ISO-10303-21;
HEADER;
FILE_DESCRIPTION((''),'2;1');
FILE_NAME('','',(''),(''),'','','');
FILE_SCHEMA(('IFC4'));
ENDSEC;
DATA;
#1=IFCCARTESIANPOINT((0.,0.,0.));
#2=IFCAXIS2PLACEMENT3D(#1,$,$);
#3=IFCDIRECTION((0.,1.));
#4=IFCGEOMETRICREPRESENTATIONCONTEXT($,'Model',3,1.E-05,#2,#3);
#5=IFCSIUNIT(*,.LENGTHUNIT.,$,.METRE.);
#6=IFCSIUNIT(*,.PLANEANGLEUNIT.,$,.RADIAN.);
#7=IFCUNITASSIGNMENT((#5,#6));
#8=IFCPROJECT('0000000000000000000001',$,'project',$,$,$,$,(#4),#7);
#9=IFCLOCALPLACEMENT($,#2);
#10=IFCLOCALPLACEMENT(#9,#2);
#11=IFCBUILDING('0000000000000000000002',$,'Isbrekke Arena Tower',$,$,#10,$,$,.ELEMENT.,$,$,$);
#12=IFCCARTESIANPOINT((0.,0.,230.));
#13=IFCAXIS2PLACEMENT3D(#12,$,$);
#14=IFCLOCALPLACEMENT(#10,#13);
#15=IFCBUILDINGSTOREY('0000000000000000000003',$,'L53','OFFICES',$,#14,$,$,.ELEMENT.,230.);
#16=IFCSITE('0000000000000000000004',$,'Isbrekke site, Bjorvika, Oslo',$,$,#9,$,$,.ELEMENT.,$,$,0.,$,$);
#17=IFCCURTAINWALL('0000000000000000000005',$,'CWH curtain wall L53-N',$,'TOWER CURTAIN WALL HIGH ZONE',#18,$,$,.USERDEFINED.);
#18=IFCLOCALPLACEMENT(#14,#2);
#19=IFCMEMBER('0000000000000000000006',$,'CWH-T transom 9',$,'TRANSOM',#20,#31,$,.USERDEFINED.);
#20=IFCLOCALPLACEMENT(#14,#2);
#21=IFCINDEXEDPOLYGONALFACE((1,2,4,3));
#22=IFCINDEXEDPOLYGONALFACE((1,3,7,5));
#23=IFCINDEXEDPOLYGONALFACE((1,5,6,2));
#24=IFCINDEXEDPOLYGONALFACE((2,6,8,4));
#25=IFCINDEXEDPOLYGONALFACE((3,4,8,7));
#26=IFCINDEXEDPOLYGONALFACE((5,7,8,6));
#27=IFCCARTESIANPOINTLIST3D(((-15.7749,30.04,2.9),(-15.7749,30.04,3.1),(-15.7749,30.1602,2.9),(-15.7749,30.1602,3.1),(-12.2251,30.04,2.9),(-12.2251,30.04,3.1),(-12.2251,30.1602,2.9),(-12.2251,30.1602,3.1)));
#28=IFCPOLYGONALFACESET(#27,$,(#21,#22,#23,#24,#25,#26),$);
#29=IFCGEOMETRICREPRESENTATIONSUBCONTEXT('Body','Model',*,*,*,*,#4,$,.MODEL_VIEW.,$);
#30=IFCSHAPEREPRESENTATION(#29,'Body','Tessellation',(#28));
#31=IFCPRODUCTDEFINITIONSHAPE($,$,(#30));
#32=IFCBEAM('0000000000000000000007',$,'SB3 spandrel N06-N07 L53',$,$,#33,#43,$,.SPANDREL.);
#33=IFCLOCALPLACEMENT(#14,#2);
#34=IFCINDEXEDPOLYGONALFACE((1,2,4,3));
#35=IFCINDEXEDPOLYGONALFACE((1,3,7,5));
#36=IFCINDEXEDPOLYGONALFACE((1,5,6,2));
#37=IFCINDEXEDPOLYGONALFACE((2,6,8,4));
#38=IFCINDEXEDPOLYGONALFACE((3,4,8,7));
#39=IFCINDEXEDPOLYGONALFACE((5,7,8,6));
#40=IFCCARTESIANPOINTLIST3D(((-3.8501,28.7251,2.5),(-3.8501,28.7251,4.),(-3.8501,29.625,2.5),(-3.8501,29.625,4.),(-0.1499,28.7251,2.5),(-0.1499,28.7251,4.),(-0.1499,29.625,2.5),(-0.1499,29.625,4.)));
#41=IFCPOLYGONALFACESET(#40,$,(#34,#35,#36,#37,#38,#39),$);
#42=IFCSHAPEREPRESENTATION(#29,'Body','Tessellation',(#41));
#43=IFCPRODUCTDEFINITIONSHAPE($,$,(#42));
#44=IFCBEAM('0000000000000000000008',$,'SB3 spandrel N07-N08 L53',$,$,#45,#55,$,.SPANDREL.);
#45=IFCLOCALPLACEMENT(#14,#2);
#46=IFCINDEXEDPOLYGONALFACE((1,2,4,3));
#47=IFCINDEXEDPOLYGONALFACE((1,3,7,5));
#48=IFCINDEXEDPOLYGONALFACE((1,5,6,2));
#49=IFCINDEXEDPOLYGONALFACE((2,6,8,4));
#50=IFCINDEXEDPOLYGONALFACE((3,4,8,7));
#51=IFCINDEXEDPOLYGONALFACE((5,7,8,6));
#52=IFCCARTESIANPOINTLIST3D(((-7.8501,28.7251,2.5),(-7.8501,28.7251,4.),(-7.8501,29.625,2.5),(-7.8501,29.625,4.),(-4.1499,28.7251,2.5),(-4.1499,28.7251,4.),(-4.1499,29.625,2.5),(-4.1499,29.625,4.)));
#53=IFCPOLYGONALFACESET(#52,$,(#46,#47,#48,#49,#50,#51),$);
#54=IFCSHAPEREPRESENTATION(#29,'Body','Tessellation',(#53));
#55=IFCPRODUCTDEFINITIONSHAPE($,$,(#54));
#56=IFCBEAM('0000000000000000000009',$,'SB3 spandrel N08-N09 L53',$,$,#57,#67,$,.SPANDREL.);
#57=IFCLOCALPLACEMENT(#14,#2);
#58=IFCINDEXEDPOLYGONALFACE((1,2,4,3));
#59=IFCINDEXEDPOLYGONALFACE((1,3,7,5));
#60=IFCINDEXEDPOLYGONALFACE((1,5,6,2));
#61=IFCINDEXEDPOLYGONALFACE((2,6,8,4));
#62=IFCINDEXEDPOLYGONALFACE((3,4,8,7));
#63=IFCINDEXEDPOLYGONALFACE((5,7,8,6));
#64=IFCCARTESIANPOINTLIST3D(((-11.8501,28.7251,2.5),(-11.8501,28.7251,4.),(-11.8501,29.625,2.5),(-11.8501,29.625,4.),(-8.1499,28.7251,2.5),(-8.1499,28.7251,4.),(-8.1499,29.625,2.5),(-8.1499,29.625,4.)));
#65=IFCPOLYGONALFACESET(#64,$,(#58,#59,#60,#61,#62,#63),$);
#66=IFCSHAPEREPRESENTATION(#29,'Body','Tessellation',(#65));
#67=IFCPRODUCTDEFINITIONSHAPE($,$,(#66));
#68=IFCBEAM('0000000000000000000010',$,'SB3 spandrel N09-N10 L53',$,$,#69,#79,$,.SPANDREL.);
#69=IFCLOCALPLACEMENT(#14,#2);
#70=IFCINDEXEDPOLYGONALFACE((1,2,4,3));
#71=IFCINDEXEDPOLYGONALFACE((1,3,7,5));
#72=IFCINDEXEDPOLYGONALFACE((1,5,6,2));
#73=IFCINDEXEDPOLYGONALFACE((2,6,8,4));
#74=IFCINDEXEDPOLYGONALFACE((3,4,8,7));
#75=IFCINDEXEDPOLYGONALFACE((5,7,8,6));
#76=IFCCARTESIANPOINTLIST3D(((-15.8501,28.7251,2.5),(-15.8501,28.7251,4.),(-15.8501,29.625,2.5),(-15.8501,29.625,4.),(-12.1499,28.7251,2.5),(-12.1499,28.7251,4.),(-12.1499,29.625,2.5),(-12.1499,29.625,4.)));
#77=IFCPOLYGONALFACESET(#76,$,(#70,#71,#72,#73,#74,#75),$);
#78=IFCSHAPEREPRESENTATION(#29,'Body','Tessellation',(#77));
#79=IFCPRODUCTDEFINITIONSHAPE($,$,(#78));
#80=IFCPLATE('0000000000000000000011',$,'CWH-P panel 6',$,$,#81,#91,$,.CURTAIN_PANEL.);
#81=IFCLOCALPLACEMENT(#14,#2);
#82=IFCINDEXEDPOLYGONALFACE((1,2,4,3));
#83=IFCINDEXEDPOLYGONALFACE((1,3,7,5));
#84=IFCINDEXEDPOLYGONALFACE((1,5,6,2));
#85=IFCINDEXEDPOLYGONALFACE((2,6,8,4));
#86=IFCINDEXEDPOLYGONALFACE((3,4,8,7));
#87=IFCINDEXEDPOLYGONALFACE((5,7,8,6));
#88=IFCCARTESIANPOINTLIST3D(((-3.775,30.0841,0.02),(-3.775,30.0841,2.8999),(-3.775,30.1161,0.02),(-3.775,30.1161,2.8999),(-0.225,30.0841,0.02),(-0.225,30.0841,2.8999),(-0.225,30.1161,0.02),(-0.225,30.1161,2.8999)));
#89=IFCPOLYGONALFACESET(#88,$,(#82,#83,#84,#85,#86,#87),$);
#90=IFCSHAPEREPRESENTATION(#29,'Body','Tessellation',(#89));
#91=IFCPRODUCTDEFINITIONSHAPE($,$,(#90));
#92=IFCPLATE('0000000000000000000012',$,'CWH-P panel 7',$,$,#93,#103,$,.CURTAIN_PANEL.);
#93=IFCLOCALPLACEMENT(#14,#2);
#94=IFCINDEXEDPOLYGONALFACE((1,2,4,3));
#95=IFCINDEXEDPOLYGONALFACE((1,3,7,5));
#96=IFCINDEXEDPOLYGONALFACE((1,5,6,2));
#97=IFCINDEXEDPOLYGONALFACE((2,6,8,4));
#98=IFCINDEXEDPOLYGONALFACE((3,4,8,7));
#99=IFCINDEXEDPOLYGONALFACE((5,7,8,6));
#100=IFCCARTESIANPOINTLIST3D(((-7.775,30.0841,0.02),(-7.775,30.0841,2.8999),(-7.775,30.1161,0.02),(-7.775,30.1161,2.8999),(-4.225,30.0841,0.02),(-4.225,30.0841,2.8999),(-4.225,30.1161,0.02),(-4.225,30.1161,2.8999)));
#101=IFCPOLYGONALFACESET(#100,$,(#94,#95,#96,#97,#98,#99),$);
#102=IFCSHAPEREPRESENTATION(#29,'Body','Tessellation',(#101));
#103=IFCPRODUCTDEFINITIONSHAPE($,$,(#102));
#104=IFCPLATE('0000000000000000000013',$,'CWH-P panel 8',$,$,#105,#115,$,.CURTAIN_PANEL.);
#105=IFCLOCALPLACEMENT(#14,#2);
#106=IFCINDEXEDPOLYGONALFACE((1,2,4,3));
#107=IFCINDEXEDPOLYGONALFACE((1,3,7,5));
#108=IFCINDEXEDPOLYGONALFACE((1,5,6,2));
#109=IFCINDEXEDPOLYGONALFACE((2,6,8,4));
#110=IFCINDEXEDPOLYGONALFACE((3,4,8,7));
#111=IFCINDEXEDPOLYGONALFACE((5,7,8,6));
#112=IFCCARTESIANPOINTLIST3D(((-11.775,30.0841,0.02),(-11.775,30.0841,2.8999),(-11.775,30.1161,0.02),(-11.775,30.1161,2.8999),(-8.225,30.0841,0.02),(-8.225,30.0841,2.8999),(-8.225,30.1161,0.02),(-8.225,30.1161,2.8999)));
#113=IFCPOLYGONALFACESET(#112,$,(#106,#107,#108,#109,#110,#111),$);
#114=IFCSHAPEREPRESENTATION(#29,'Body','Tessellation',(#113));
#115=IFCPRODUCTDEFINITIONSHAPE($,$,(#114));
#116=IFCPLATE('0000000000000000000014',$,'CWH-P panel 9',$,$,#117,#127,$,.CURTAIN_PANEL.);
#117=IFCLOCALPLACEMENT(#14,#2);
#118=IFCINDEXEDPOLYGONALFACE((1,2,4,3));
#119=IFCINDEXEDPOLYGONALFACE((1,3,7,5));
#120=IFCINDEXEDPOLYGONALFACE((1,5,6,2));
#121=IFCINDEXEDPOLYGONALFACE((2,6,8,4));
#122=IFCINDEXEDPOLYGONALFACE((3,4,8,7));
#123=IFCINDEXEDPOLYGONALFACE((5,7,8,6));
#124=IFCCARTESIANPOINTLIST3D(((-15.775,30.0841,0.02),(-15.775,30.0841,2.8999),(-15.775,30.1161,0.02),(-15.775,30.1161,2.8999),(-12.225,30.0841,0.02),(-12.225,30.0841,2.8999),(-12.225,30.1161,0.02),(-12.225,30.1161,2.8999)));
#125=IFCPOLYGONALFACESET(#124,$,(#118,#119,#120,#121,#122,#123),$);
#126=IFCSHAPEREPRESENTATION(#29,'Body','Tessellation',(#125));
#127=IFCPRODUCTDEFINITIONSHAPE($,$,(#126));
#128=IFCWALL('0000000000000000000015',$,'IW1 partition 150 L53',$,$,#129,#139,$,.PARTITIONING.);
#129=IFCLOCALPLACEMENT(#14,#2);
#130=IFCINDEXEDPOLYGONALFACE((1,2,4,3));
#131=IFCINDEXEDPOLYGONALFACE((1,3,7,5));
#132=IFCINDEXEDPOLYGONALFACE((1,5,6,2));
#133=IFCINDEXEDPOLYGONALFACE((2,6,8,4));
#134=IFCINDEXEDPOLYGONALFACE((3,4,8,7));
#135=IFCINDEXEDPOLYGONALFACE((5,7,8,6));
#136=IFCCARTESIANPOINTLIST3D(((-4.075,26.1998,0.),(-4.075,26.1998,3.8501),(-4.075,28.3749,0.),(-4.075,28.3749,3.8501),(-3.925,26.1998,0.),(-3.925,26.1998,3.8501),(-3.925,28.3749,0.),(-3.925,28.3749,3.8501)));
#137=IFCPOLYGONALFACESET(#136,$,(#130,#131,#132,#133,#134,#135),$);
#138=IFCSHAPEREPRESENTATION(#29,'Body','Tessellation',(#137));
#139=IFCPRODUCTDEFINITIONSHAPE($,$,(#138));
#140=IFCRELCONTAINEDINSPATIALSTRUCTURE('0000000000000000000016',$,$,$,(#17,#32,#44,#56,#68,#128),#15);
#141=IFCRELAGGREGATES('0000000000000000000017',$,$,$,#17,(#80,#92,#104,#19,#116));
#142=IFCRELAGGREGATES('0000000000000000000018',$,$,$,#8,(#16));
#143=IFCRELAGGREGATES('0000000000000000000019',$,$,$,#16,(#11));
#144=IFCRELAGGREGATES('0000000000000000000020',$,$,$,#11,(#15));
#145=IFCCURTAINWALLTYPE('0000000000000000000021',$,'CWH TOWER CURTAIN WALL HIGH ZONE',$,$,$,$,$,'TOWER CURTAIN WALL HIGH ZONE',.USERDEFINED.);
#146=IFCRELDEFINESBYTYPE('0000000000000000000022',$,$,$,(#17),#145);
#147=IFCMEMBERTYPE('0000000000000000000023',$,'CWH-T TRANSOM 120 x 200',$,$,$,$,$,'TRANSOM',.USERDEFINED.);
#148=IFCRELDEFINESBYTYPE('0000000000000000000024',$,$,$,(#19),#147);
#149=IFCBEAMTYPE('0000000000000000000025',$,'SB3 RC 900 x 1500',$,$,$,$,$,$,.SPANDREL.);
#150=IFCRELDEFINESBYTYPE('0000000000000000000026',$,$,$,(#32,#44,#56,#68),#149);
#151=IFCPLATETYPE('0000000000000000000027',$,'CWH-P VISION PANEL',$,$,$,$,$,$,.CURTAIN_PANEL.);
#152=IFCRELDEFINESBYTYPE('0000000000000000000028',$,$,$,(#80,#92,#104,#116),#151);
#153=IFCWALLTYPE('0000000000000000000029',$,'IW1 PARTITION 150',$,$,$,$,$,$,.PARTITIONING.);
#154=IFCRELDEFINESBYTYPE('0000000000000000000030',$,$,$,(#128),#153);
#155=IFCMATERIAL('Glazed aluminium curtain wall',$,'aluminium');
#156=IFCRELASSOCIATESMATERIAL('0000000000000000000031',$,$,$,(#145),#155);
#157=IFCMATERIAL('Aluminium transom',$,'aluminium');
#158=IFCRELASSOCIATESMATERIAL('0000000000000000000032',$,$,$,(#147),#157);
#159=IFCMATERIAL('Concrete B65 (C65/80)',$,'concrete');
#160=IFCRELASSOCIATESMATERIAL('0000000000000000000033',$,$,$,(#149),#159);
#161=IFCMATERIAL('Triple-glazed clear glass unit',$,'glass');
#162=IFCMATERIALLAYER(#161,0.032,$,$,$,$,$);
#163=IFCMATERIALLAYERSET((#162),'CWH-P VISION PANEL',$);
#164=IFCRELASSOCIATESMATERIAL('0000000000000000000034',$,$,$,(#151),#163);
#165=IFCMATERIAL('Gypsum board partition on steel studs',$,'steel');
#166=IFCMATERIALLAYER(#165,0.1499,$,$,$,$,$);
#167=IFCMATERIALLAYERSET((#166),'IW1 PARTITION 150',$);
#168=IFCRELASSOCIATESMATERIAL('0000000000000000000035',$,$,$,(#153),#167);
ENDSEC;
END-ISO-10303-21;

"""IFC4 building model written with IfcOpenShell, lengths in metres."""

from ifc_helpers import new_model, si_unit, direction, frame, frame_2d, origin, origin_2d, place, context, subcontext, project, spatial, rectangle, extrude, material, layer, layer_set, material_profile, profile_set, type_object, element, aggregate, save


model = new_model("IFC4")

# Units and contexts
model_context = context("Model", 3, precision=1e-05, world=origin(), true_north=direction((0.0, 1.0)))
body_context = subcontext(model_context, "Body", "Model", "MODEL_VIEW")
ifc_project = project(units=[si_unit("LENGTHUNIT", "METRE"), si_unit("PLANEANGLEUNIT", "RADIAN")], contexts=[model_context])

# Site, building, storey
site_placement = place(None, origin())
site = spatial("IfcSite", under=ifc_project, at=site_placement, Name="Isbrekke site, Bjorvika, Oslo", CompositionType="ELEMENT", RefElevation=0.0)
building_placement = place(site_placement, origin())
building = spatial("IfcBuilding", under=site, at=building_placement, Name="Isbrekke Arena Tower", CompositionType="ELEMENT")
storey_placement = place(building_placement, frame((0.0, 0.0, 230.0)))
storey = spatial("IfcBuildingStorey", under=building, at=storey_placement, Name="L53", Description="OFFICES", CompositionType="ELEMENT", Elevation=230.0)

# Curtain wall, member
ifc_material_1 = material(Name="Glazed aluminium curtain wall", Category="aluminium")
curtain_wall_type = type_object("IfcCurtainWallType", Name="CWH TOWER CURTAIN WALL HIGH ZONE", ElementType="TOWER CURTAIN WALL HIGH ZONE", PredefinedType="USERDEFINED", material=ifc_material_1)
curtain_wall_placement = place(storey_placement, origin())
curtain_wall = element("IfcCurtainWall", 1, at=curtain_wall_placement, inside=storey, type_object=curtain_wall_type, Name="CWH curtain wall L53-N", ObjectType="TOWER CURTAIN WALL HIGH ZONE", PredefinedType="USERDEFINED")
ifc_material_2 = material(Name="Aluminium transom", Category="aluminium")
ifc_material_profile_1 = material_profile(ifc_material_2, rectangle(XDim=0.1201, YDim=0.2, at=origin_2d()), Name="TRANSOM 120X200")
ifc_profile_set_1 = profile_set([ifc_material_profile_1], Name="Aluminium transom")
member_type_1 = type_object("IfcMemberType", Name="CWH-T TRANSOM 120 x 200", ElementType="TRANSOM", PredefinedType="USERDEFINED", material=ifc_profile_set_1)
member_1_placement = place(storey_placement, frame((-12.2251, 30.1001, 3.0), z_axis=(-1.0, 0.0, 0.0), x_axis=(0.0, -1.0, 0.0)))
member_1 = element("IfcMember", 2, at=member_1_placement, type_object=member_type_1, Name="CWH-T transom 9", ObjectType="TRANSOM", PredefinedType="USERDEFINED", context=body_context, shape_type="SweptSolid", body=[
    extrude(rectangle(XDim=0.1201, YDim=0.2, at=origin_2d()), origin(), (0.0, 0.0, 1.0), 3.5498),
])

# Beams
ifc_material_3 = material(Name="Concrete B65 (C65/80)", Category="concrete")
ifc_material_profile_2 = material_profile(ifc_material_3, rectangle(XDim=0.8999, YDim=1.5, at=origin_2d()), Name="RC 900x1500")
ifc_profile_set_2 = profile_set([ifc_material_profile_2], Name="Concrete B65 (C65/80)")
beam_type_1 = type_object("IfcBeamType", Name="SB3 RC 900 x 1500", PredefinedType="SPANDREL", material=ifc_profile_set_2)
for number, where, z_axis, x_axis, name in (
    (3, (-0.1499, 29.175, 3.25), (-1.0, 0.0, 0.0), (0.0, -1.0, 0.0), "SB3 spandrel N06-N07 L53"),
    (4, (-4.1499, 29.175, 3.25), (-1.0, 0.0, 0.0), (0.0, -1.0, 0.0), "SB3 spandrel N07-N08 L53"),
    (5, (-8.1499, 29.175, 3.25), (-1.0, 0.0, 0.0), (0.0, -1.0, 0.0), "SB3 spandrel N08-N09 L53"),
    (6, (-12.1499, 29.175, 3.25), (-1.0, 0.0, 0.0), (0.0, -1.0, 0.0), "SB3 spandrel N09-N10 L53"),
):
    element("IfcBeam", number, at=place(storey_placement, frame(where, z_axis=z_axis, x_axis=x_axis)), inside=storey, type_object=beam_type_1, Name=name, PredefinedType="SPANDREL", context=body_context, shape_type="SweptSolid", body=[
        extrude(rectangle(XDim=0.8999, YDim=1.5, at=origin_2d()), origin(), (0.0, 0.0, 1.0), 3.7002),
    ])

# Plates
ifc_material_4 = material(Name="Triple-glazed clear glass unit", Category="glass")
ifc_layer_1 = layer(ifc_material_4, 0.032)
ifc_layer_set_1 = layer_set([ifc_layer_1], Name="CWH-P VISION PANEL")
plate_type = type_object("IfcPlateType", Name="CWH-P VISION PANEL", PredefinedType="CURTAIN_PANEL", material=ifc_layer_set_1)
plate_1_placement = place(storey_placement, frame((-2.0, 30.1001, 0.02), z_axis=(0.0, 0.0, 1.0), x_axis=(-1.0, 0.0, 0.0)))
plate_1 = element("IfcPlate", 7, at=plate_1_placement, type_object=plate_type, Name="CWH-P panel 6", PredefinedType="CURTAIN_PANEL", context=body_context, shape_type="SweptSolid", body=[
    extrude(rectangle(XDim=3.55, YDim=0.032, at=origin_2d()), origin(), (0.0, 0.0, 1.0), 2.8799),
])
plate_2_placement = place(storey_placement, frame((-6.0, 30.1001, 0.02), z_axis=(0.0, 0.0, 1.0), x_axis=(-1.0, 0.0, 0.0)))
plate_2 = element("IfcPlate", 8, at=plate_2_placement, type_object=plate_type, Name="CWH-P panel 7", PredefinedType="CURTAIN_PANEL", context=body_context, shape_type="SweptSolid", body=[
    extrude(rectangle(XDim=3.55, YDim=0.032, at=origin_2d()), origin(), (0.0, 0.0, 1.0), 2.8799),
])
plate_3_placement = place(storey_placement, frame((-10.0, 30.1001, 0.02), z_axis=(0.0, 0.0, 1.0), x_axis=(-1.0, 0.0, 0.0)))
plate_3 = element("IfcPlate", 9, at=plate_3_placement, type_object=plate_type, Name="CWH-P panel 8", PredefinedType="CURTAIN_PANEL", context=body_context, shape_type="SweptSolid", body=[
    extrude(rectangle(XDim=3.55, YDim=0.032, at=origin_2d()), origin(), (0.0, 0.0, 1.0), 2.8799),
])
plate_4_placement = place(storey_placement, frame((-14.0, 30.1001, 0.02), z_axis=(0.0, 0.0, 1.0), x_axis=(-1.0, 0.0, 0.0)))
plate_4 = element("IfcPlate", 10, at=plate_4_placement, type_object=plate_type, Name="CWH-P panel 9", PredefinedType="CURTAIN_PANEL", context=body_context, shape_type="SweptSolid", body=[
    extrude(rectangle(XDim=3.55, YDim=0.032, at=origin_2d()), origin(), (0.0, 0.0, 1.0), 2.8799),
])
aggregate(curtain_wall, [plate_1, plate_2, plate_3, member_1, plate_4])

# Wall
ifc_material_5 = material(Name="Gypsum board partition on steel studs", Category="steel")
ifc_layer_2 = layer(ifc_material_5, 0.1499)
ifc_layer_set_2 = layer_set([ifc_layer_2], Name="IW1 PARTITION 150")
wall_type = type_object("IfcWallType", Name="IW1 PARTITION 150", PredefinedType="PARTITIONING", material=ifc_layer_set_2)
wall_placement = place(storey_placement, frame((-4.0, 26.2, 0.0), z_axis=(0.0, 0.0, 1.0), x_axis=(0.0, 1.0, 0.0)))
element("IfcWall", 11, at=wall_placement, inside=storey, type_object=wall_type, Name="IW1 partition 150 L53", PredefinedType="PARTITIONING", context=body_context, shape_type="SweptSolid", body=[
    extrude(rectangle(XDim=2.175, YDim=0.1499, at=frame_2d((1.0874, 0.0))), origin(), (0.0, 0.0, 1.0), 3.8501),
])

save(model, "model.ifc")
